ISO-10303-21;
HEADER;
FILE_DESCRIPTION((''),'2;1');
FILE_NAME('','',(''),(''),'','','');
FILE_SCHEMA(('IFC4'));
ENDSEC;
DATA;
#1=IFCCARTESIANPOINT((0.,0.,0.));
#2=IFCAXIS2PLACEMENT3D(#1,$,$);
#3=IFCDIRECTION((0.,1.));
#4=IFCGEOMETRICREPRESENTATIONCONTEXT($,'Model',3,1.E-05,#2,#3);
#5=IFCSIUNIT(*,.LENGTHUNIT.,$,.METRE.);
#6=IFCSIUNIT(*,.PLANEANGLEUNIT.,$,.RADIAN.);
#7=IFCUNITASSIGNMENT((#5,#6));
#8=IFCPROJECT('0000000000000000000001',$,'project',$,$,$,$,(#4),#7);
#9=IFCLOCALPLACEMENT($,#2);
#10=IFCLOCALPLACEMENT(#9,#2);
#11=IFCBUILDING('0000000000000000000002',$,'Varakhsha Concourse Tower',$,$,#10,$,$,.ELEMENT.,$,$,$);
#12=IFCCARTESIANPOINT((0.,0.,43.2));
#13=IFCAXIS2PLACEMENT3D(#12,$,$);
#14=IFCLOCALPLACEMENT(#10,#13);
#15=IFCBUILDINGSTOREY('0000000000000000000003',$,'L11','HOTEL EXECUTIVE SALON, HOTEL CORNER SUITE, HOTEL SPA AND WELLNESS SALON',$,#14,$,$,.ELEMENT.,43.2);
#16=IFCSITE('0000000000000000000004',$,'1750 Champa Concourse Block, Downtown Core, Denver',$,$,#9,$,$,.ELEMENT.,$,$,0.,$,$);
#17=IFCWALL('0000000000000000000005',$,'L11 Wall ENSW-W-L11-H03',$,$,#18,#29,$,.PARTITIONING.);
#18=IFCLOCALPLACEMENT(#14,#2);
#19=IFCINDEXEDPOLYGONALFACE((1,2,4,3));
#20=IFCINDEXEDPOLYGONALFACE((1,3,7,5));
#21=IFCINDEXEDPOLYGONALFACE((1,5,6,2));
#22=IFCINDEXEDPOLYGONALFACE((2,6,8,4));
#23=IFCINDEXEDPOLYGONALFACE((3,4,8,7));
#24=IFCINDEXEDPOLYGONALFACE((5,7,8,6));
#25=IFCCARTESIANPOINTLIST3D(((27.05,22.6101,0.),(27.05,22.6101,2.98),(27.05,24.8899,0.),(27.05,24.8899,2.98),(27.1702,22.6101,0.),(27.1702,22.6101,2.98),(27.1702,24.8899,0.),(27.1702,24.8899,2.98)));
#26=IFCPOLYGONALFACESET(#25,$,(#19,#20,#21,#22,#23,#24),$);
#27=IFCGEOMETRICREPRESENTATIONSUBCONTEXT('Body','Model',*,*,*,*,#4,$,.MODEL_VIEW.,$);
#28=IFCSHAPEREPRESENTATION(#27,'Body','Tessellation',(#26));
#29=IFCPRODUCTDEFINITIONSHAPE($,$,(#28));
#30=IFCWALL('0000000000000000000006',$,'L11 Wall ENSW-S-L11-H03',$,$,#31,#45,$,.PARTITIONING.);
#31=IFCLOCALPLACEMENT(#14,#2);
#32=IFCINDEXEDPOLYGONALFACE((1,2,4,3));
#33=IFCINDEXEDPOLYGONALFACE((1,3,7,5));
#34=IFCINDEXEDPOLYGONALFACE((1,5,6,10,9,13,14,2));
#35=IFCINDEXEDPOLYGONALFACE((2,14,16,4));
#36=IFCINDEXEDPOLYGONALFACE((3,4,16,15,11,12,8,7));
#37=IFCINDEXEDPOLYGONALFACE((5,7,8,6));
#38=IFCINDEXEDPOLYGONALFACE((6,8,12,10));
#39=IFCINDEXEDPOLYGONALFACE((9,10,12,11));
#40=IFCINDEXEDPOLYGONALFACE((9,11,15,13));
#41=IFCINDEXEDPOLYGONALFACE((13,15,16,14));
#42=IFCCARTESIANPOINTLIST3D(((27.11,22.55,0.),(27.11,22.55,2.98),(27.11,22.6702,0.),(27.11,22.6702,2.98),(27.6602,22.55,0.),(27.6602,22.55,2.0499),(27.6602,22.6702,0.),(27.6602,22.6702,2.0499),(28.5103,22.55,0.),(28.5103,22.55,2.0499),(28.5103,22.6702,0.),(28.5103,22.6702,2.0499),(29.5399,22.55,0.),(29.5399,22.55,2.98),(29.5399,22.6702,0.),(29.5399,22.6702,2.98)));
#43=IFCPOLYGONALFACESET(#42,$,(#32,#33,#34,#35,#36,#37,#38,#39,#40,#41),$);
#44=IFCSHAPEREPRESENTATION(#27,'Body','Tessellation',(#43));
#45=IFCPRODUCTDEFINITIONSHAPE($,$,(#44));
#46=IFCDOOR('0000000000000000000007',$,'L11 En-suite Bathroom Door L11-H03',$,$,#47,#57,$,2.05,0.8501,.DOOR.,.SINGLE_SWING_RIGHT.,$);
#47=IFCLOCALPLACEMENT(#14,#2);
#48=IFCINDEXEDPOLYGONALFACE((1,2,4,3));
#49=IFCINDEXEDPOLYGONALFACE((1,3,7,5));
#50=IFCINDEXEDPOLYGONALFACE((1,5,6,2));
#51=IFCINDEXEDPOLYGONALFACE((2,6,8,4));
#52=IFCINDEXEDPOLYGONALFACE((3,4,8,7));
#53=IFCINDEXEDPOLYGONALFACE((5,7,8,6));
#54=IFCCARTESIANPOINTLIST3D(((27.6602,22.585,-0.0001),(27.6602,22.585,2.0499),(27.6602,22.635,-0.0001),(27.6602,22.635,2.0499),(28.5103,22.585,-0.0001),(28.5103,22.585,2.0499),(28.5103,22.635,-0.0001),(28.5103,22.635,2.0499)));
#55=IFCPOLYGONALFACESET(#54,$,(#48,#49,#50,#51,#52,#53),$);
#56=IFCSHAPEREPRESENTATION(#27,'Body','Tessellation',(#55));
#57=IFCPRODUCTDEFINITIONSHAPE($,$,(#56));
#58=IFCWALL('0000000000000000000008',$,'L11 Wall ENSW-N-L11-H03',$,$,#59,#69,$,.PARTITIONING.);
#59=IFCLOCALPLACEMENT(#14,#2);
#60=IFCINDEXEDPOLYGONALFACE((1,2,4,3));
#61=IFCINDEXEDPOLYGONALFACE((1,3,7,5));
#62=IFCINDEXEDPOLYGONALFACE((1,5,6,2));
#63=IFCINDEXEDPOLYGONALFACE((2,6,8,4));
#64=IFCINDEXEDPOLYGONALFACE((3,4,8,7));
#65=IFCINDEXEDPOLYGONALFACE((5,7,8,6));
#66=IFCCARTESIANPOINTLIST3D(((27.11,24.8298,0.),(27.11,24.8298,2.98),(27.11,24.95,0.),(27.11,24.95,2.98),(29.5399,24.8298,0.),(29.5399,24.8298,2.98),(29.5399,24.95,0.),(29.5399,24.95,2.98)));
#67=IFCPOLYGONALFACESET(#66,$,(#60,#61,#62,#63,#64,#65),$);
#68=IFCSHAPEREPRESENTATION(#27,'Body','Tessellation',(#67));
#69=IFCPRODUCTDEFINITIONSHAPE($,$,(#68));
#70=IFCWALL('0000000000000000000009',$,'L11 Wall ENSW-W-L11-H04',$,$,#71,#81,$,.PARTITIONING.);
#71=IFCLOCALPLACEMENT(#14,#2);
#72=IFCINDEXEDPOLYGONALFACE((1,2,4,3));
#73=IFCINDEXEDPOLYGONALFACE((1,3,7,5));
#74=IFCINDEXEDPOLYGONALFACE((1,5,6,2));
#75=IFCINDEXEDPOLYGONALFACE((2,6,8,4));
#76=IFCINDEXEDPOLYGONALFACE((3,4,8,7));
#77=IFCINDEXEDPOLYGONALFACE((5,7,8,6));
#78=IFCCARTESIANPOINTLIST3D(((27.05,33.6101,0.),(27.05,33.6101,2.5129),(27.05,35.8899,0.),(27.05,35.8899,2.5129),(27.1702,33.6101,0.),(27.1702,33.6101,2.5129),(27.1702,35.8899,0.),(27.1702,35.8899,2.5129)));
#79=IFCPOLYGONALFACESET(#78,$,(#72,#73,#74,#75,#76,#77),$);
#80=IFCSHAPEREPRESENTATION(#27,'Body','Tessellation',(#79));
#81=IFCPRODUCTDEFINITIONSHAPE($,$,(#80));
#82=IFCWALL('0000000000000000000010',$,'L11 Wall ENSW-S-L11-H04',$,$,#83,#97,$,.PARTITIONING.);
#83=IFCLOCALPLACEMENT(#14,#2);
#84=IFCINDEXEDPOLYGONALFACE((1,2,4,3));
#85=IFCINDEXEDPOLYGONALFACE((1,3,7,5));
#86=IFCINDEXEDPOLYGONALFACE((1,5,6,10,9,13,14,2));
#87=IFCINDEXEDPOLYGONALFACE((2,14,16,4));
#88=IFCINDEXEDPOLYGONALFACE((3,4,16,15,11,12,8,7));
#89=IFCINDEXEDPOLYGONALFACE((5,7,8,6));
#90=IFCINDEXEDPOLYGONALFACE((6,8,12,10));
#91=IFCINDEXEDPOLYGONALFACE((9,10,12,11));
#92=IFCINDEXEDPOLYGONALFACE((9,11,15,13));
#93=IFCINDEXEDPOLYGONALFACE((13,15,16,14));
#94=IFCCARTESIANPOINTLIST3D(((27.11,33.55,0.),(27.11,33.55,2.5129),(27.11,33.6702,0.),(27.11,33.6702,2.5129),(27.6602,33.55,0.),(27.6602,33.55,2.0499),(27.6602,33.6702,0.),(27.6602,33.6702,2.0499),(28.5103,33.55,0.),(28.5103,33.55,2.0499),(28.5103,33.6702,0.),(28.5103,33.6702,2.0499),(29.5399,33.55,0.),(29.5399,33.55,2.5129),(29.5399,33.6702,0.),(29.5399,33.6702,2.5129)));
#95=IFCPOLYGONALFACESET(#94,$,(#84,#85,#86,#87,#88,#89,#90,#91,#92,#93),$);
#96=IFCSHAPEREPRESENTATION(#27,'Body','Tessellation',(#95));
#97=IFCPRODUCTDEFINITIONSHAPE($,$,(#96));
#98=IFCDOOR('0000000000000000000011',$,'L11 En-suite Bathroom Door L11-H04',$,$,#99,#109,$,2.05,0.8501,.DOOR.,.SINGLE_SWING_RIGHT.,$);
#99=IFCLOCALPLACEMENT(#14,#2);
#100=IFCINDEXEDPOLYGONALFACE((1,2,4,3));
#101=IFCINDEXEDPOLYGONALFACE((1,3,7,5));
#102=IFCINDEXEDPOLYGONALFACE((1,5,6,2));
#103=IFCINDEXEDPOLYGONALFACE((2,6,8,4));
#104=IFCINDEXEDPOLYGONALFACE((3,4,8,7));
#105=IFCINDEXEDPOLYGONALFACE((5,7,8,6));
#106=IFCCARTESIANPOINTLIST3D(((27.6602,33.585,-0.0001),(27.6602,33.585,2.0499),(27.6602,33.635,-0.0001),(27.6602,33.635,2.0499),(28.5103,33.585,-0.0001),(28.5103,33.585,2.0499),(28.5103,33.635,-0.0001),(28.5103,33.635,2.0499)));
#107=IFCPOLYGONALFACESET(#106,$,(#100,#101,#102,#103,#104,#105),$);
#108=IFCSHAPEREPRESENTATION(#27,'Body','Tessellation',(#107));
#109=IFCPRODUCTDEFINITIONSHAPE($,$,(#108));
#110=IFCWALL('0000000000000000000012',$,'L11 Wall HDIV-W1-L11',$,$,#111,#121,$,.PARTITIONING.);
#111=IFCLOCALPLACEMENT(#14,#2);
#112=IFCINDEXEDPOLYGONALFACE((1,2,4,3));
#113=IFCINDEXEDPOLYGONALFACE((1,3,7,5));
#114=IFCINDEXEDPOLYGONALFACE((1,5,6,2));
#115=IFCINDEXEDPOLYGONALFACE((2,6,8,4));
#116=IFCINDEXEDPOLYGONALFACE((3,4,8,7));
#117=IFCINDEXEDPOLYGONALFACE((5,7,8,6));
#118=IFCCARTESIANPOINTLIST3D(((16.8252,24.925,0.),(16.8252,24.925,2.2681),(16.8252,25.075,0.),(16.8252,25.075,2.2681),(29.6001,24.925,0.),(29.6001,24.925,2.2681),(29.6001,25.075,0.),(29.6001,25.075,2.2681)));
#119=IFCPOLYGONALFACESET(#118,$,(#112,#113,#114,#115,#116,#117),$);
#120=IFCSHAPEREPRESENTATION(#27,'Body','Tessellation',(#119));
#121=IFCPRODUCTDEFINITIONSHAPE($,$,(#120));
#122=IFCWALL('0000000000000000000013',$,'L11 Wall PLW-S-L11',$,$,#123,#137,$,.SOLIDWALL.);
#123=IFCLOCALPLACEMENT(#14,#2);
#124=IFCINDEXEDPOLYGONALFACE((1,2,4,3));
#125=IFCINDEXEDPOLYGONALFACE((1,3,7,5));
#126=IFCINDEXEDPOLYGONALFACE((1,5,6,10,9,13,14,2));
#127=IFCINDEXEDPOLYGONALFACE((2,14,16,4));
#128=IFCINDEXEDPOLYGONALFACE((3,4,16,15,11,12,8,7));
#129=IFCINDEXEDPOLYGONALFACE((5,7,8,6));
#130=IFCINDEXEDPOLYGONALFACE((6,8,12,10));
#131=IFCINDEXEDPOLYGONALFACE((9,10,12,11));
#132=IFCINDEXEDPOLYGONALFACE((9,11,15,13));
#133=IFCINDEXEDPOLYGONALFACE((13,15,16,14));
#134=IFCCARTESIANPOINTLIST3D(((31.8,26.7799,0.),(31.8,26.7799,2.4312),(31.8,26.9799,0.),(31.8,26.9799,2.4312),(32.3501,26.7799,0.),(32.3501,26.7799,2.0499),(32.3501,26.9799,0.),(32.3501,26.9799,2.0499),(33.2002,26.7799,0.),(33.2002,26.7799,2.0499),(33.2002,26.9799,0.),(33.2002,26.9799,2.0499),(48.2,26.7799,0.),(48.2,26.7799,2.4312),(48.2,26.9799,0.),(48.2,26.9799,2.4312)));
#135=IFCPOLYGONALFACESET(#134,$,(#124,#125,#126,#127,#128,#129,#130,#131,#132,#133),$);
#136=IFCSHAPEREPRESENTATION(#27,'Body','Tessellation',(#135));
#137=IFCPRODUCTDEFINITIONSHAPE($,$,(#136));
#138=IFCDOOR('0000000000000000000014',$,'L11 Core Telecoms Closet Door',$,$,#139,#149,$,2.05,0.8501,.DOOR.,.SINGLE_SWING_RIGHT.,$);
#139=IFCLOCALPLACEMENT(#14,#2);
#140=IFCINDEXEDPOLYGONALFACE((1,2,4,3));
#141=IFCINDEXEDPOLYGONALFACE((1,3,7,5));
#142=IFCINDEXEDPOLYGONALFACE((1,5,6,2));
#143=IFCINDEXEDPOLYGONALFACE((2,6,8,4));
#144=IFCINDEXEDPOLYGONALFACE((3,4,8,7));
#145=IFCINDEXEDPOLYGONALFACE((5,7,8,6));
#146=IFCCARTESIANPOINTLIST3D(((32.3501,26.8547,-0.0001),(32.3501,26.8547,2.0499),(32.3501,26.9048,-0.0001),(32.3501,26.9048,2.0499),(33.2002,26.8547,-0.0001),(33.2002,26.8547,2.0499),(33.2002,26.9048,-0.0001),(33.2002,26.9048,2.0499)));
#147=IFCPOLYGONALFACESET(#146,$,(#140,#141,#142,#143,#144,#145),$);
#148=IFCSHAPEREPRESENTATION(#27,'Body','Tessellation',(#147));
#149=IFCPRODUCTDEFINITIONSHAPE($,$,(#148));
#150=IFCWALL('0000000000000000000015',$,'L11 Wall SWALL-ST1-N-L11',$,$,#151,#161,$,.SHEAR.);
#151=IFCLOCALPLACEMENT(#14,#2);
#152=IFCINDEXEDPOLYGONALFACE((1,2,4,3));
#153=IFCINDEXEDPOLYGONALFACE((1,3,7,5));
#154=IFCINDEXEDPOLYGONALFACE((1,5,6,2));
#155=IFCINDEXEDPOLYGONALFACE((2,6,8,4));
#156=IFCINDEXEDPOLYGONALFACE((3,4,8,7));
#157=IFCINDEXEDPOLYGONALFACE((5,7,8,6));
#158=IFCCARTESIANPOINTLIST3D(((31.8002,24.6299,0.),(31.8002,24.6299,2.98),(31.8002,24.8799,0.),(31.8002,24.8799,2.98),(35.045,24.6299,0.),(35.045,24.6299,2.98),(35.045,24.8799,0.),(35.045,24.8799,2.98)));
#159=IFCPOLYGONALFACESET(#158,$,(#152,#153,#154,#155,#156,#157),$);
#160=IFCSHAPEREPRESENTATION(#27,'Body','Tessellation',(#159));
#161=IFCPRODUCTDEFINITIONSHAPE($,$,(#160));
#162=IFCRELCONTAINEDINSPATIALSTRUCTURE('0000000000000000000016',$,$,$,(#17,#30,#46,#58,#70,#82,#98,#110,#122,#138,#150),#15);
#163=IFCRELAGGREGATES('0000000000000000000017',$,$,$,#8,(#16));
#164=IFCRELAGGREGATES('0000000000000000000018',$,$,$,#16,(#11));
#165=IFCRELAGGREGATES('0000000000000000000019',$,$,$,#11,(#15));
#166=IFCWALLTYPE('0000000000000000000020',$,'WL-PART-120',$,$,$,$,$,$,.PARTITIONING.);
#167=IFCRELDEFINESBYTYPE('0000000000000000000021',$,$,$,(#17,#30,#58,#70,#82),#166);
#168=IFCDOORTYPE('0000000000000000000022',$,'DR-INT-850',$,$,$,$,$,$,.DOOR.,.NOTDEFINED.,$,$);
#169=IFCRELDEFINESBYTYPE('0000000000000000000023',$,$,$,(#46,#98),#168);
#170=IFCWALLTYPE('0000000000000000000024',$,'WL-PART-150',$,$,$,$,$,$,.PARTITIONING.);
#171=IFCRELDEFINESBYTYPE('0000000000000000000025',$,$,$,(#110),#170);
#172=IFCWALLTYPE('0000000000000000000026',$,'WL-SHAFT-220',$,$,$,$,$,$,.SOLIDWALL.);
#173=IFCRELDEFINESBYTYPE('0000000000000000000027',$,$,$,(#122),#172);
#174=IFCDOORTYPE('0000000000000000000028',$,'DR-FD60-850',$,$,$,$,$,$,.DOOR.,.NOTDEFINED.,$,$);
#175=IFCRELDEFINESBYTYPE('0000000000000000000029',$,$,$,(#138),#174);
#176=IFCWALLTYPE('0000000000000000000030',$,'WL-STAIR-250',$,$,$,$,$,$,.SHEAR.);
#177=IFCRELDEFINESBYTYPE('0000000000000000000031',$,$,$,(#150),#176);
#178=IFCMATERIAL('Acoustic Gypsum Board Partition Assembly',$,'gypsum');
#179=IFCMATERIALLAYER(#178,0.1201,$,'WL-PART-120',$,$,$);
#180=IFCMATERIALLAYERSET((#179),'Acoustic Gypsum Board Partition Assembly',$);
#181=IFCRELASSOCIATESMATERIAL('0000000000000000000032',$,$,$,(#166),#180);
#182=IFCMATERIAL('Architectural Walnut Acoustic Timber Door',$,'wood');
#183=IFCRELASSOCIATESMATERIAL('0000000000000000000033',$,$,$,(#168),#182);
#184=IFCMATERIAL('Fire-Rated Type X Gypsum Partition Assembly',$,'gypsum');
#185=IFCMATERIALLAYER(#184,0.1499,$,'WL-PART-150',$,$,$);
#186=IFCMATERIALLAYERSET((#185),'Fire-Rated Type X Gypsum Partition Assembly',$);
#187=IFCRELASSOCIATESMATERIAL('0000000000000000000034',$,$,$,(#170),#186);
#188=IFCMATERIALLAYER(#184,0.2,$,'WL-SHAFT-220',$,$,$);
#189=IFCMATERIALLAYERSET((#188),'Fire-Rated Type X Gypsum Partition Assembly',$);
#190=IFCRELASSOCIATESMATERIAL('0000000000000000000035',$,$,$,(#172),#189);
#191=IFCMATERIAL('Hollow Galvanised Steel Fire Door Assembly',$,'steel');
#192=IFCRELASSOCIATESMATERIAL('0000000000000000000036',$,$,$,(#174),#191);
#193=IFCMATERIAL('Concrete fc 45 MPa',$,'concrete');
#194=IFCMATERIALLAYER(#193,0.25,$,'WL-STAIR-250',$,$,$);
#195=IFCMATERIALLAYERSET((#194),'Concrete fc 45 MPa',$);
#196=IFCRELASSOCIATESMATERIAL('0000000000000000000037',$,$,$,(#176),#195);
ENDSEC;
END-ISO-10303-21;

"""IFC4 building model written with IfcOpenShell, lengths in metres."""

from ifc_helpers import new_model, si_unit, direction, frame, frame_2d, origin, place, context, subcontext, project, spatial, rectangle, extrude, material, layer, layer_set, type_object, element, fill, save


model = new_model("IFC4")

# Units and contexts
model_context = context("Model", 3, precision=1e-05, world=origin(), true_north=direction((0.0, 1.0)))
body_context = subcontext(model_context, "Body", "Model", "MODEL_VIEW")
ifc_project = project(units=[si_unit("LENGTHUNIT", "METRE"), si_unit("PLANEANGLEUNIT", "RADIAN")], contexts=[model_context])

# Site, building, storey
site_placement = place(None, origin())
site = spatial("IfcSite", under=ifc_project, at=site_placement, Name="1750 Champa Concourse Block, Downtown Core, Denver", CompositionType="ELEMENT", RefElevation=0.0)
building_placement = place(site_placement, origin())
building = spatial("IfcBuilding", under=site, at=building_placement, Name="Varakhsha Concourse Tower", CompositionType="ELEMENT")
storey_placement = place(building_placement, frame((0.0, 0.0, 43.2)))
storey = spatial("IfcBuildingStorey", under=building, at=storey_placement, Name="L11", Description="HOTEL EXECUTIVE SALON, HOTEL CORNER SUITE, HOTEL SPA AND WELLNESS SALON", CompositionType="ELEMENT", Elevation=43.2)

# Wall
ifc_material_1 = material(Name="Acoustic Gypsum Board Partition Assembly", Category="gypsum")
ifc_layer_1 = layer(ifc_material_1, 0.1201, Name="WL-PART-120")
ifc_layer_set_1 = layer_set([ifc_layer_1], Name="Acoustic Gypsum Board Partition Assembly")
wall_type_1 = type_object("IfcWallType", Name="WL-PART-120", PredefinedType="PARTITIONING", material=ifc_layer_set_1)
wall_1_placement = place(storey_placement, frame((27.1101, 22.6101, 0.0), z_axis=(0.0, 0.0, 1.0), x_axis=(0.0, 1.0, 0.0)))
element("IfcWall", 1, at=wall_1_placement, inside=storey, type_object=wall_type_1, Name="L11 Wall ENSW-W-L11-H03", PredefinedType="PARTITIONING", context=body_context, shape_type="SweptSolid", body=[
    extrude(rectangle(XDim=2.2798, YDim=0.1201, at=frame_2d((1.1399, 0.0))), origin(), (0.0, 0.0, 1.0), 2.98),
])

# Wall, opening, door
wall_2_placement = place(storey_placement, frame((27.1101, 22.6101, 0.0), z_axis=(0.0, 0.0, 1.0), x_axis=(1.0, 0.0, 0.0)))
wall_2 = element("IfcWall", 2, at=wall_2_placement, inside=storey, type_object=wall_type_1, Name="L11 Wall ENSW-S-L11-H03", PredefinedType="PARTITIONING", context=body_context, shape_type="SweptSolid", body=[
    extrude(rectangle(XDim=2.4299, YDim=0.1201, at=frame_2d((1.2148, 0.0))), origin(), (0.0, 0.0, 1.0), 2.98),
])
opening_1_placement = place(wall_2_placement, frame((0.55, 0.0, 0.0)))
opening_1 = element("IfcOpeningElement", 3, at=opening_1_placement, cuts=wall_2, PredefinedType="OPENING", context=body_context, shape_type="SweptSolid", body=[
    extrude(rectangle(XDim=0.8501, YDim=2.05, at=frame_2d((0.425, 1.0249))), frame((0.0, 0.0701, 0.0), z_axis=(0.0, -1.0, 0.0), x_axis=(1.0, 0.0, 0.0)), (0.0, 0.0, 1.0), 0.1401),
])
ifc_material_2 = material(Name="Architectural Walnut Acoustic Timber Door", Category="wood")
door_type_1 = type_object("IfcDoorType", Name="DR-INT-850", OperationType="NOTDEFINED", PredefinedType="DOOR", material=ifc_material_2)
door_1_placement = place(opening_1_placement, origin())
door_1 = element("IfcDoor", 4, at=door_1_placement, inside=storey, type_object=door_type_1, Name="L11 En-suite Bathroom Door L11-H03", OperationType="SINGLE_SWING_RIGHT", OverallHeight=2.05, OverallWidth=0.8501, PredefinedType="DOOR", context=body_context, shape_type="SweptSolid", body=[
    extrude(rectangle(XDim=0.8501, YDim=2.05, at=frame_2d((0.425, 1.0249))), frame((0.0, 0.0249, 0.0), z_axis=(0.0, -1.0, 0.0), x_axis=(1.0, 0.0, 0.0)), (0.0, 0.0, 1.0), 0.05),
])
fill(opening_1, door_1)

# Walls
wall_3_placement = place(storey_placement, frame((27.1101, 24.8899, 0.0), z_axis=(0.0, 0.0, 1.0), x_axis=(1.0, 0.0, 0.0)))
element("IfcWall", 5, at=wall_3_placement, inside=storey, type_object=wall_type_1, Name="L11 Wall ENSW-N-L11-H03", PredefinedType="PARTITIONING", context=body_context, shape_type="SweptSolid", body=[
    extrude(rectangle(XDim=2.4299, YDim=0.1201, at=frame_2d((1.2148, 0.0))), origin(), (0.0, 0.0, 1.0), 2.98),
])
wall_4_placement = place(storey_placement, frame((27.1101, 33.6101, 0.0), z_axis=(0.0, 0.0, 1.0), x_axis=(0.0, 1.0, 0.0)))
element("IfcWall", 6, at=wall_4_placement, inside=storey, type_object=wall_type_1, Name="L11 Wall ENSW-W-L11-H04", PredefinedType="PARTITIONING", context=body_context, shape_type="SweptSolid", body=[
    extrude(rectangle(XDim=2.2798, YDim=0.1201, at=frame_2d((1.1399, 0.0))), origin(), (0.0, 0.0, 1.0), 2.5129),
])

# Wall, opening, door
wall_5_placement = place(storey_placement, frame((27.1101, 33.6101, 0.0), z_axis=(0.0, 0.0, 1.0), x_axis=(1.0, 0.0, 0.0)))
wall_5 = element("IfcWall", 7, at=wall_5_placement, inside=storey, type_object=wall_type_1, Name="L11 Wall ENSW-S-L11-H04", PredefinedType="PARTITIONING", context=body_context, shape_type="SweptSolid", body=[
    extrude(rectangle(XDim=2.4299, YDim=0.1201, at=frame_2d((1.2148, 0.0))), origin(), (0.0, 0.0, 1.0), 2.5129),
])
opening_2_placement = place(wall_5_placement, frame((0.55, 0.0, 0.0)))
opening_2 = element("IfcOpeningElement", 8, at=opening_2_placement, cuts=wall_5, PredefinedType="OPENING", context=body_context, shape_type="SweptSolid", body=[
    extrude(rectangle(XDim=0.8501, YDim=2.05, at=frame_2d((0.425, 1.0249))), frame((0.0, 0.0701, 0.0), z_axis=(0.0, -1.0, 0.0), x_axis=(1.0, 0.0, 0.0)), (0.0, 0.0, 1.0), 0.1401),
])
door_2_placement = place(opening_2_placement, origin())
door_2 = element("IfcDoor", 9, at=door_2_placement, inside=storey, type_object=door_type_1, Name="L11 En-suite Bathroom Door L11-H04", OperationType="SINGLE_SWING_RIGHT", OverallHeight=2.05, OverallWidth=0.8501, PredefinedType="DOOR", context=body_context, shape_type="SweptSolid", body=[
    extrude(rectangle(XDim=0.8501, YDim=2.05, at=frame_2d((0.425, 1.0249))), frame((0.0, 0.0249, 0.0), z_axis=(0.0, -1.0, 0.0), x_axis=(1.0, 0.0, 0.0)), (0.0, 0.0, 1.0), 0.05),
])
fill(opening_2, door_2)

# Wall
ifc_material_3 = material(Name="Fire-Rated Type X Gypsum Partition Assembly", Category="gypsum")
ifc_layer_2 = layer(ifc_material_3, 0.1499, Name="WL-PART-150")
ifc_layer_set_2 = layer_set([ifc_layer_2], Name="Fire-Rated Type X Gypsum Partition Assembly")
wall_type_2 = type_object("IfcWallType", Name="WL-PART-150", PredefinedType="PARTITIONING", material=ifc_layer_set_2)
wall_6_placement = place(storey_placement, frame((16.8252, 25.0, 0.0), z_axis=(0.0, 0.0, 1.0), x_axis=(1.0, 0.0, 0.0)))
element("IfcWall", 10, at=wall_6_placement, inside=storey, type_object=wall_type_2, Name="L11 Wall HDIV-W1-L11", PredefinedType="PARTITIONING", context=body_context, shape_type="SweptSolid", body=[
    extrude(rectangle(XDim=12.7749, YDim=0.1499, at=frame_2d((6.3875, 0.0))), origin(), (0.0, 0.0, 1.0), 2.2681),
])

# Wall, opening, door
ifc_layer_3 = layer(ifc_material_3, 0.2, Name="WL-SHAFT-220")
ifc_layer_set_3 = layer_set([ifc_layer_3], Name="Fire-Rated Type X Gypsum Partition Assembly")
wall_type_3 = type_object("IfcWallType", Name="WL-SHAFT-220", PredefinedType="SOLIDWALL", material=ifc_layer_set_3)
wall_7_placement = place(storey_placement, frame((31.8, 26.8799, 0.0), z_axis=(0.0, 0.0, 1.0), x_axis=(1.0, 0.0, 0.0)))
wall_7 = element("IfcWall", 11, at=wall_7_placement, inside=storey, type_object=wall_type_3, Name="L11 Wall PLW-S-L11", PredefinedType="SOLIDWALL", context=body_context, shape_type="SweptSolid", body=[
    extrude(rectangle(XDim=16.3999, YDim=0.2, at=frame_2d((8.2, 0.0))), origin(), (0.0, 0.0, 1.0), 2.4312),
])
opening_3_placement = place(wall_7_placement, frame((0.55, 0.0, 0.0)))
opening_3 = element("IfcOpeningElement", 12, at=opening_3_placement, cuts=wall_7, PredefinedType="OPENING", context=body_context, shape_type="SweptSolid", body=[
    extrude(rectangle(XDim=0.8501, YDim=2.05, at=frame_2d((0.425, 1.0249))), frame((0.0, 0.1099, 0.0), z_axis=(0.0, -1.0, 0.0), x_axis=(1.0, 0.0, 0.0)), (0.0, 0.0, 1.0), 0.22),
])
ifc_material_4 = material(Name="Hollow Galvanised Steel Fire Door Assembly", Category="steel")
door_type_2 = type_object("IfcDoorType", Name="DR-FD60-850", OperationType="NOTDEFINED", PredefinedType="DOOR", material=ifc_material_4)
door_3_placement = place(opening_3_placement, origin())
door_3 = element("IfcDoor", 13, at=door_3_placement, inside=storey, type_object=door_type_2, Name="L11 Core Telecoms Closet Door", OperationType="SINGLE_SWING_RIGHT", OverallHeight=2.05, OverallWidth=0.8501, PredefinedType="DOOR", context=body_context, shape_type="SweptSolid", body=[
    extrude(rectangle(XDim=0.8501, YDim=2.05, at=frame_2d((0.425, 1.0249))), frame((0.0, 0.0249, 0.0), z_axis=(0.0, -1.0, 0.0), x_axis=(1.0, 0.0, 0.0)), (0.0, 0.0, 1.0), 0.05),
])
fill(opening_3, door_3)

# Wall
ifc_material_5 = material(Name="Concrete fc 45 MPa", Category="concrete")
ifc_layer_4 = layer(ifc_material_5, 0.25, Name="WL-STAIR-250")
ifc_layer_set_4 = layer_set([ifc_layer_4], Name="Concrete fc 45 MPa")
wall_type_4 = type_object("IfcWallType", Name="WL-STAIR-250", PredefinedType="SHEAR", material=ifc_layer_set_4)
wall_8_placement = place(storey_placement, frame((31.8, 24.7549, 0.0), z_axis=(0.0, 0.0, 1.0), x_axis=(1.0, 0.0, 0.0)))
element("IfcWall", 14, at=wall_8_placement, inside=storey, type_object=wall_type_4, Name="L11 Wall SWALL-ST1-N-L11", PredefinedType="SHEAR", context=body_context, shape_type="SweptSolid", body=[
    extrude(rectangle(XDim=3.2449, YDim=0.25, at=frame_2d((1.6226, 0.0))), origin(), (0.0, 0.0, 1.0), 2.98),
])

save(model, "model.ifc")
